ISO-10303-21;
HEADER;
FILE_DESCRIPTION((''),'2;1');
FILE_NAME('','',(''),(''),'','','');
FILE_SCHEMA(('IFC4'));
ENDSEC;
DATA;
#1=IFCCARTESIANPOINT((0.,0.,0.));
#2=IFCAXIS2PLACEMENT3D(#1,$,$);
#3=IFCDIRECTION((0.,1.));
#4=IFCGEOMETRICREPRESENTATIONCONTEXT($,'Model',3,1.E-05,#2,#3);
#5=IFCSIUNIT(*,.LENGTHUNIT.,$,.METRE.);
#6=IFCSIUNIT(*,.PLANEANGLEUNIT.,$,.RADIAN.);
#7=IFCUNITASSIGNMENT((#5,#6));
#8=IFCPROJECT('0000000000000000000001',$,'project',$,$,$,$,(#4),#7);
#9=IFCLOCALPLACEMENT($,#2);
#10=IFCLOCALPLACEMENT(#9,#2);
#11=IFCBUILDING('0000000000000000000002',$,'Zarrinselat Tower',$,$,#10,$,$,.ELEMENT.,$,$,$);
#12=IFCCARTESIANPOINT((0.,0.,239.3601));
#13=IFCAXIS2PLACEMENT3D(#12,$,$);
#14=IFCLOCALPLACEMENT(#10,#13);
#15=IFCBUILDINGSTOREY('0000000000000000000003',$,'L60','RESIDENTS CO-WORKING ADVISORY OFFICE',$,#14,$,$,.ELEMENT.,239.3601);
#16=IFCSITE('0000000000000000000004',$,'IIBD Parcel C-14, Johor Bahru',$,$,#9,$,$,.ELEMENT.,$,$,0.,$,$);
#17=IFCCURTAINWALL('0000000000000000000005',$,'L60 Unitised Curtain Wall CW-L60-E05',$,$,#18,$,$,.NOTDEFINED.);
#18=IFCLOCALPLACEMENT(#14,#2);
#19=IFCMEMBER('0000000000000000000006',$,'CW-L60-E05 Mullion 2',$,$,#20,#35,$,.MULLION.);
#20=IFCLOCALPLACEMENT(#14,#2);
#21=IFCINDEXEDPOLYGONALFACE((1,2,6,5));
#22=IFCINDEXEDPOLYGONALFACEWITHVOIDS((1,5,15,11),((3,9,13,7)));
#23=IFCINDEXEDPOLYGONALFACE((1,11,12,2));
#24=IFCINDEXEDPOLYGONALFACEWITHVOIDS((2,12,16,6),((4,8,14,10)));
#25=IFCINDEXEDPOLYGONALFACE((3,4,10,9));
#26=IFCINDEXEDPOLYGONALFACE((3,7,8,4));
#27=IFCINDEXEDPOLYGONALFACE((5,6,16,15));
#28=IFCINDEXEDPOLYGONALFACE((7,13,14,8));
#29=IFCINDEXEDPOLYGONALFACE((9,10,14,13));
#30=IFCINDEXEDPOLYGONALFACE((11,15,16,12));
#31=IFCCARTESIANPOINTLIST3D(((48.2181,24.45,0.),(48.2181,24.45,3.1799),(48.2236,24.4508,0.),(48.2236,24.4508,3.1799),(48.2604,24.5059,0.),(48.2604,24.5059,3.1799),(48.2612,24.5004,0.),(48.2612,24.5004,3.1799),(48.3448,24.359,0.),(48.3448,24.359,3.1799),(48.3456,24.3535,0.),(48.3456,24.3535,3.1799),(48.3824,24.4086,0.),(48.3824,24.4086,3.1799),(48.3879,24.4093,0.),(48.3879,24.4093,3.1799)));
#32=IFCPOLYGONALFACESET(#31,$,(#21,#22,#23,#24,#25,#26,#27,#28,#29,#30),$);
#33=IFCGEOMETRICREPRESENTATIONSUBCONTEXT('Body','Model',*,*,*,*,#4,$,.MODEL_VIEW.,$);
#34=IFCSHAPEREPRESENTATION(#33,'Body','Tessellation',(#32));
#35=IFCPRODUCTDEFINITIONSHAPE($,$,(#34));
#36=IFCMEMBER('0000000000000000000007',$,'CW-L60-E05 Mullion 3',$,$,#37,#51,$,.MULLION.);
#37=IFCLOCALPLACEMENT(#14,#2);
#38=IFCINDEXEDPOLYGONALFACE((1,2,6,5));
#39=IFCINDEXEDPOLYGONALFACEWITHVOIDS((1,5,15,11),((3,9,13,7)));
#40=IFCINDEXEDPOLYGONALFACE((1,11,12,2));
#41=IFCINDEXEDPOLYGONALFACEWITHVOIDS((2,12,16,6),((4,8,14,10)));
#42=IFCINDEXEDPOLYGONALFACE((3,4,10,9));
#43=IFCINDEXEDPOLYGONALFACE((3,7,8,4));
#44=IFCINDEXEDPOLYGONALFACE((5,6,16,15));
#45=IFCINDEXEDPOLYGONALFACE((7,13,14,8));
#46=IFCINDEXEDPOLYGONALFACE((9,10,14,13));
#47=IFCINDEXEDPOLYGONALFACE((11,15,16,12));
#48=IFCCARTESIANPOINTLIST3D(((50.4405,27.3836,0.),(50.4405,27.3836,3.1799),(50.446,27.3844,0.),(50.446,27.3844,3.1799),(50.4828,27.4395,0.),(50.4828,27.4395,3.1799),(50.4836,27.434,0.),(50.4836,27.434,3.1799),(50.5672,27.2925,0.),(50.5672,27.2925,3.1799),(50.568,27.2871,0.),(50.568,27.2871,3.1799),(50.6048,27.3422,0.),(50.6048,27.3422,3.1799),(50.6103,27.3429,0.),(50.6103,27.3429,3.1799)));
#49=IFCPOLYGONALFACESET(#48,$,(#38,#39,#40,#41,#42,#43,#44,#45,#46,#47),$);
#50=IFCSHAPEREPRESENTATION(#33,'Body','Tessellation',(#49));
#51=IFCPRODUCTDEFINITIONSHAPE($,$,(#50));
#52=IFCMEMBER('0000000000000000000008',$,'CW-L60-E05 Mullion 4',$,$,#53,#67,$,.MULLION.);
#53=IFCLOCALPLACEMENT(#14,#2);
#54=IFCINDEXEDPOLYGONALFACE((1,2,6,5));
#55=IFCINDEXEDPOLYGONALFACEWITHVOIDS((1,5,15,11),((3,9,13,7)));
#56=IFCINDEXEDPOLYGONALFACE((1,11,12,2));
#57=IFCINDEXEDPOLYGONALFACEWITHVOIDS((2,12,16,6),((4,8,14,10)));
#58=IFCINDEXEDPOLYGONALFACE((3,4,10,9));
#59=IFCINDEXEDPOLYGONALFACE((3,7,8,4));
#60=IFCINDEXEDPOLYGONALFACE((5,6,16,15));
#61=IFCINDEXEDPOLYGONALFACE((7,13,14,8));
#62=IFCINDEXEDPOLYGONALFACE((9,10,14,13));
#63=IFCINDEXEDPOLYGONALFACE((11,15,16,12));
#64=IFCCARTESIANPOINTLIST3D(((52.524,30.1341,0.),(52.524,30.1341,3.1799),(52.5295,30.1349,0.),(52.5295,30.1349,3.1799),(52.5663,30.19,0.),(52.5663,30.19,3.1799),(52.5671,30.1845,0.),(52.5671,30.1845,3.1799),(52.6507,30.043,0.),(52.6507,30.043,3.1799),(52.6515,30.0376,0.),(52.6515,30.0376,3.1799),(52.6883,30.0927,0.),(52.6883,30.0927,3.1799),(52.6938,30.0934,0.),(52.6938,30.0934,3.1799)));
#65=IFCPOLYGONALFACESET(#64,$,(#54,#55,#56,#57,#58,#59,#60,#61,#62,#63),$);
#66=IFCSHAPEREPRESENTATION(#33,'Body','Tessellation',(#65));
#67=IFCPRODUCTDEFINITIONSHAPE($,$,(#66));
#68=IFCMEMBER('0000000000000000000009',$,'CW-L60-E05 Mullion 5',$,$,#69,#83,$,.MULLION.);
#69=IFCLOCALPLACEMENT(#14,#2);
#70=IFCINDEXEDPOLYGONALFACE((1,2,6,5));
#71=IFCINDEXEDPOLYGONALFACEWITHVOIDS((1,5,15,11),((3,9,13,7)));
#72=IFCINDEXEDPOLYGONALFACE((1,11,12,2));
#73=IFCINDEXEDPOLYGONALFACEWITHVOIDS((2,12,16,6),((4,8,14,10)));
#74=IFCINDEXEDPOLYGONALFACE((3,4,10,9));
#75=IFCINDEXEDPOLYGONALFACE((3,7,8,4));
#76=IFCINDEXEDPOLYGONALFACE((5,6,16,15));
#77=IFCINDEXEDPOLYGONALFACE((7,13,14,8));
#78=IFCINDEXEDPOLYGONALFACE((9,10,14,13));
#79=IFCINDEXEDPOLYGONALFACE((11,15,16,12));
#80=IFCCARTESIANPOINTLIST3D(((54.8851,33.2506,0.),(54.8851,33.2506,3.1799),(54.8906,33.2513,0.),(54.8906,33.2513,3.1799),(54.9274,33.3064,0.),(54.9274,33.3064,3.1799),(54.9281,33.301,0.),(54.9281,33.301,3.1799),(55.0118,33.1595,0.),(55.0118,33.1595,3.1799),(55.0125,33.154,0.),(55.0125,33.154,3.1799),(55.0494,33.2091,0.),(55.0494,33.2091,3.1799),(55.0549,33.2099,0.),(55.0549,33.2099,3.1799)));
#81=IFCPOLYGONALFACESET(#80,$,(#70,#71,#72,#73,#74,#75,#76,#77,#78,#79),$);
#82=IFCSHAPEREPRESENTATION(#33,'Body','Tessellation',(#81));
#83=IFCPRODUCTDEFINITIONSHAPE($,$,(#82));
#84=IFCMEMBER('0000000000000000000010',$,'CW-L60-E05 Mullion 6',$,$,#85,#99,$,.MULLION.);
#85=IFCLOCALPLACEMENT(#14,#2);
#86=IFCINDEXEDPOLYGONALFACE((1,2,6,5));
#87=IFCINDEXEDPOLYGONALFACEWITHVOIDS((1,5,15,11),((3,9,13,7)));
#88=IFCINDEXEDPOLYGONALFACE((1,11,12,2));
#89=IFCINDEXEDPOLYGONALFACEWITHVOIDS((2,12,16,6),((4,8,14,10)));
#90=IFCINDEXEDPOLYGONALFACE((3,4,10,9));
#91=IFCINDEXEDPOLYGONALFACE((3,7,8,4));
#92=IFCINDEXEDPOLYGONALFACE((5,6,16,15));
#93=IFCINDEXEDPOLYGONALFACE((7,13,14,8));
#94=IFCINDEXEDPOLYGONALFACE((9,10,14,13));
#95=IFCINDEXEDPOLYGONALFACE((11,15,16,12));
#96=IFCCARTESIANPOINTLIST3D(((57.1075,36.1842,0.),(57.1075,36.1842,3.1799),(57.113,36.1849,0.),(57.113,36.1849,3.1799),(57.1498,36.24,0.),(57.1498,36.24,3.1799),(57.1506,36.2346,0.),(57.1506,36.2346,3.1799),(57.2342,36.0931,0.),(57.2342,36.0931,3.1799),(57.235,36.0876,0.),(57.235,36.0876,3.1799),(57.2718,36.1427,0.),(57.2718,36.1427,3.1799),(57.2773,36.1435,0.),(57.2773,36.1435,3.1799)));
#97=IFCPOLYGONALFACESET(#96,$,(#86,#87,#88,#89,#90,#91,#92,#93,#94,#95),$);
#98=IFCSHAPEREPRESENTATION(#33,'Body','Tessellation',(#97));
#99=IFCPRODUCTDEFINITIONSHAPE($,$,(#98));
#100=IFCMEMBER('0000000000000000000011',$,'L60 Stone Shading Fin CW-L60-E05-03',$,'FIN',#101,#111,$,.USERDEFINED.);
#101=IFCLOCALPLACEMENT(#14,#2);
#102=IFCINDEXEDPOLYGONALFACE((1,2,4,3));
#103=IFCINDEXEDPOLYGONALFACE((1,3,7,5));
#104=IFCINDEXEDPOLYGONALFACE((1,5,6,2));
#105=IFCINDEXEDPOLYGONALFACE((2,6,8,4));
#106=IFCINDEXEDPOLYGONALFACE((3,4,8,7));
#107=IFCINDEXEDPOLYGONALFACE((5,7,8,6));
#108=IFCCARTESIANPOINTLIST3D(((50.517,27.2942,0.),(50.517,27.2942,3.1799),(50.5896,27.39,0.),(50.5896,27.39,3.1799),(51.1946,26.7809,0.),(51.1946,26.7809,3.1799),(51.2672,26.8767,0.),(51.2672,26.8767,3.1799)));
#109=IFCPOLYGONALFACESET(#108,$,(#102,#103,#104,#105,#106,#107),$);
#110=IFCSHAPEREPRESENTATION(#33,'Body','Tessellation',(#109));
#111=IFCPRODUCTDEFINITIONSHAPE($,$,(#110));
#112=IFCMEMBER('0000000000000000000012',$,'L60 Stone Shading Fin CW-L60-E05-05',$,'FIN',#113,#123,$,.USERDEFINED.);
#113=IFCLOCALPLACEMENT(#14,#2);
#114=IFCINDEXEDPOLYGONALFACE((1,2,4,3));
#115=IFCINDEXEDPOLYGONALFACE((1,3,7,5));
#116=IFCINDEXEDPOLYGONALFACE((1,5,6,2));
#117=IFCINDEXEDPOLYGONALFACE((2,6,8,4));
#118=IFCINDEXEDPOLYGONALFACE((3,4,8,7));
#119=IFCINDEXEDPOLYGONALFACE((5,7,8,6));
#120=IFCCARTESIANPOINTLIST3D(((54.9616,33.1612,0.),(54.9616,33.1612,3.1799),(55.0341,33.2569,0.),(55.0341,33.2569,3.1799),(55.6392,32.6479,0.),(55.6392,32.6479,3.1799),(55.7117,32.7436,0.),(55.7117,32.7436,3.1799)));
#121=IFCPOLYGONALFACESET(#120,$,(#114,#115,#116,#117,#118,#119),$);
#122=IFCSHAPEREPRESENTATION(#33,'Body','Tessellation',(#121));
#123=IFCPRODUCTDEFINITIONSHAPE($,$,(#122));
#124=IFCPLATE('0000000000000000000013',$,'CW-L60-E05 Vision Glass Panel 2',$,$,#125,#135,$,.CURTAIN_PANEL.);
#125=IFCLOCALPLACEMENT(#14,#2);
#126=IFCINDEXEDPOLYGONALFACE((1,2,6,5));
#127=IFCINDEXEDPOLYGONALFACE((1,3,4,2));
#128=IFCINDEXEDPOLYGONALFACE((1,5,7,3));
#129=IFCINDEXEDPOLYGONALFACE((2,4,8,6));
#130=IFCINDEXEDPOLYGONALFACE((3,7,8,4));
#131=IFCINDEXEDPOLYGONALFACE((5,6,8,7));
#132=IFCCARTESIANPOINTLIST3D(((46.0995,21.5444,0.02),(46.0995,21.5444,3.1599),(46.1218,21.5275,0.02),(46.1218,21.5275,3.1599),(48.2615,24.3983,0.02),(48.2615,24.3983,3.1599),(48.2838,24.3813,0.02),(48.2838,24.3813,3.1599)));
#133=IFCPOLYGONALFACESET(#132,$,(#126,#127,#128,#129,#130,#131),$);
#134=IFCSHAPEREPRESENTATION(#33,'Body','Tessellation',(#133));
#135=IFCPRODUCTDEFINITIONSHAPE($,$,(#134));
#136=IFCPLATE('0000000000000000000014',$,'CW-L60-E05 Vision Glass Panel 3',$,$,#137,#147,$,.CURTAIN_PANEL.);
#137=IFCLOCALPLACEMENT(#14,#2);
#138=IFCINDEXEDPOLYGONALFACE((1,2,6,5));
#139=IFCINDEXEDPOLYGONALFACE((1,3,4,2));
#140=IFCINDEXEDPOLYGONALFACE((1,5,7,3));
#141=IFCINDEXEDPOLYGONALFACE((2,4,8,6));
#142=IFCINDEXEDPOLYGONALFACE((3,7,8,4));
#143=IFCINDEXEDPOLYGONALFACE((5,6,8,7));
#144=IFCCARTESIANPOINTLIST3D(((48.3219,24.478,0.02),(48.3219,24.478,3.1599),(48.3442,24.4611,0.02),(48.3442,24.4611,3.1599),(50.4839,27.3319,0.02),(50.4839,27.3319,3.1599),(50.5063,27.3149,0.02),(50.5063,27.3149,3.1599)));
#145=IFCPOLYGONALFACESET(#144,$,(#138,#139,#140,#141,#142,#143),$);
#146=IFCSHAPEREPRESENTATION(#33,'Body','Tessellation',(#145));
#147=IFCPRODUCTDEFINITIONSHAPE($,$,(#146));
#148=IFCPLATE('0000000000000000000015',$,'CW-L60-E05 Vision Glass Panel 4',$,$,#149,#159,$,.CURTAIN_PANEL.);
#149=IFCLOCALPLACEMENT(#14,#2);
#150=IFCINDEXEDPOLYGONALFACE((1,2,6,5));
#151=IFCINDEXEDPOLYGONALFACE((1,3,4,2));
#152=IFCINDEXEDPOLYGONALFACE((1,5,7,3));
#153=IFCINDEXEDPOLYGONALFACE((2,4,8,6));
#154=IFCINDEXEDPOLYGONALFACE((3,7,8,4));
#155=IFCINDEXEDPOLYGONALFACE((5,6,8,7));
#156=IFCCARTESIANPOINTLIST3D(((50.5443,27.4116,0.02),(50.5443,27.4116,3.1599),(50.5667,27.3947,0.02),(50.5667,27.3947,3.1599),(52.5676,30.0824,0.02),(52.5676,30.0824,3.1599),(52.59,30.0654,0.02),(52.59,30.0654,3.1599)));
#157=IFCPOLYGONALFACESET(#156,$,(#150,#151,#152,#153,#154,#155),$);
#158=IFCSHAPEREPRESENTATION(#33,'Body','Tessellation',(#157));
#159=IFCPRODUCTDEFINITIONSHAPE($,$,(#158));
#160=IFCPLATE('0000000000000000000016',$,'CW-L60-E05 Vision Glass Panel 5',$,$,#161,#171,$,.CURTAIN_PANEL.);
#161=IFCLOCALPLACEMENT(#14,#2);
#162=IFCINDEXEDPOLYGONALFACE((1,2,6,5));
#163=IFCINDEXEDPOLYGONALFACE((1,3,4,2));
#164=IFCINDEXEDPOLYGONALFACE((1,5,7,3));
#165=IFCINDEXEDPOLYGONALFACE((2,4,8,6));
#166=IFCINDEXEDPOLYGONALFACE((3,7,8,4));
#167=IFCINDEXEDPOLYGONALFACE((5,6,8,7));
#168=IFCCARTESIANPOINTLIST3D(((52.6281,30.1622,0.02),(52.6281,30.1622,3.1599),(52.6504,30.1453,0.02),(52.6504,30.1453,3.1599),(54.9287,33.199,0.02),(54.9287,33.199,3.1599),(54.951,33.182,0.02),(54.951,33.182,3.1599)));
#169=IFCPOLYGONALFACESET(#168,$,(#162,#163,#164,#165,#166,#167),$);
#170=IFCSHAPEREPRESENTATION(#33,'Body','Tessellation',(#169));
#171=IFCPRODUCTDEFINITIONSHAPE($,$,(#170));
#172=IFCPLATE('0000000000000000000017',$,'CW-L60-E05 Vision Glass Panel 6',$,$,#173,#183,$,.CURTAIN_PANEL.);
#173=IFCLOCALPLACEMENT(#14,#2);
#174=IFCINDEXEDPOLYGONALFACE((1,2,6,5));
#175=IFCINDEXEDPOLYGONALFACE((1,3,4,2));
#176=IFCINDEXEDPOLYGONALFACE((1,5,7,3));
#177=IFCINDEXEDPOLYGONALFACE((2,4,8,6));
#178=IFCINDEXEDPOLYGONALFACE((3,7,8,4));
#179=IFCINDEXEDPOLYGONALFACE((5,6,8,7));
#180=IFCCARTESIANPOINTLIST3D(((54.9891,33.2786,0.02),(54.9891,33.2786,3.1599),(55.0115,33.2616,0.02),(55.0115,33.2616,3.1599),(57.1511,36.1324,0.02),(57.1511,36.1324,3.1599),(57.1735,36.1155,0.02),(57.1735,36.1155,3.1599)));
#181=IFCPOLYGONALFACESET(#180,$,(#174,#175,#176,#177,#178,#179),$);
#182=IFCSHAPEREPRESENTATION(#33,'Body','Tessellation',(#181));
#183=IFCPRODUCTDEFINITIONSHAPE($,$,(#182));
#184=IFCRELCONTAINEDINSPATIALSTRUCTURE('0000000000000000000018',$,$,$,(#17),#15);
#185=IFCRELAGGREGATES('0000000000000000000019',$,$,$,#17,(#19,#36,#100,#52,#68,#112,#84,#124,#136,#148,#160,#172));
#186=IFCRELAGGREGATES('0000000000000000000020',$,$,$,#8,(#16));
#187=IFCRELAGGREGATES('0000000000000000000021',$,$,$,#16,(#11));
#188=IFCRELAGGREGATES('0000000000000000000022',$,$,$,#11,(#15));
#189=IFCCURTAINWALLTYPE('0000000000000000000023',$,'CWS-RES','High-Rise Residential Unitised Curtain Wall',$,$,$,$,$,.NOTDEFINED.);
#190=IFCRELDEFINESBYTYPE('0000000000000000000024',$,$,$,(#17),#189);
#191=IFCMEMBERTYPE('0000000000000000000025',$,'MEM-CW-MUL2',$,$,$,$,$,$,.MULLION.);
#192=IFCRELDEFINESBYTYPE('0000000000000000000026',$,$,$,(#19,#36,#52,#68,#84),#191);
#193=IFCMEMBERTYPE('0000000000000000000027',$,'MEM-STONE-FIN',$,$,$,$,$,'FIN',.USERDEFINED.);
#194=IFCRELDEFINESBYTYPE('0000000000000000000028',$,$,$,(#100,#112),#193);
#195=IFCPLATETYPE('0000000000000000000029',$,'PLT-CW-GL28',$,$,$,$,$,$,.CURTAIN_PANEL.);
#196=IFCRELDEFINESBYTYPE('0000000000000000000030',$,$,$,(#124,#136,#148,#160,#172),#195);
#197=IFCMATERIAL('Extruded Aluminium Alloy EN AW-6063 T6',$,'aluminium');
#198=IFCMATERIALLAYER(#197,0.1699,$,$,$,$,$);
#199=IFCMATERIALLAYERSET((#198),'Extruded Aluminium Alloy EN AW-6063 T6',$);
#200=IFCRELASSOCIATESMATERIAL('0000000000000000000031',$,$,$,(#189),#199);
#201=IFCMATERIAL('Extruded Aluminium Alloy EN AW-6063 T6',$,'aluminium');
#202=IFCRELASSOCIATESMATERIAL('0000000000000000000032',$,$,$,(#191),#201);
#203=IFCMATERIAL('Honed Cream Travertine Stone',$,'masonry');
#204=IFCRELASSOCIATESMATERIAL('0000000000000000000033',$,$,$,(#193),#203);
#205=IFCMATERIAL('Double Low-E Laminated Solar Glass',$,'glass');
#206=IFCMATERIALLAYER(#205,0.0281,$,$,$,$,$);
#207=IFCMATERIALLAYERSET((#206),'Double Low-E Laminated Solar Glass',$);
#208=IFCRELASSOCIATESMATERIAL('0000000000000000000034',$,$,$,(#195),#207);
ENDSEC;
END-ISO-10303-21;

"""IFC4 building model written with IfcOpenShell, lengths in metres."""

from ifc_helpers import new_model, si_unit, direction, frame, origin, origin_2d, place, context, subcontext, project, spatial, rectangle, hollow_rectangle, extrude, material, layer, layer_set, material_profile, profile_set, type_object, element, aggregate, save


model = new_model("IFC4")

# Units and contexts
model_context = context("Model", 3, precision=1e-05, world=origin(), true_north=direction((0.0, 1.0)))
body_context = subcontext(model_context, "Body", "Model", "MODEL_VIEW")
ifc_project = project(units=[si_unit("LENGTHUNIT", "METRE"), si_unit("PLANEANGLEUNIT", "RADIAN")], contexts=[model_context])

# Site, building, storey
site_placement = place(None, origin())
site = spatial("IfcSite", under=ifc_project, at=site_placement, Name="IIBD Parcel C-14, Johor Bahru", CompositionType="ELEMENT", RefElevation=0.0)
building_placement = place(site_placement, origin())
building = spatial("IfcBuilding", under=site, at=building_placement, Name="Zarrinselat Tower", CompositionType="ELEMENT")
storey_placement = place(building_placement, frame((0.0, 0.0, 239.3601)))
storey = spatial("IfcBuildingStorey", under=building, at=storey_placement, Name="L60", Description="RESIDENTS CO-WORKING ADVISORY OFFICE", CompositionType="ELEMENT", Elevation=239.3601)

# Curtain wall, members, plates
ifc_material_1 = material(Name="Extruded Aluminium Alloy EN AW-6063 T6", Category="aluminium")
ifc_layer_1 = layer(ifc_material_1, 0.1699)
ifc_layer_set_1 = layer_set([ifc_layer_1], Name="Extruded Aluminium Alloy EN AW-6063 T6")
curtain_wall_type = type_object("IfcCurtainWallType", Name="CWS-RES", Description="High-Rise Residential Unitised Curtain Wall", PredefinedType="NOTDEFINED", material=ifc_layer_set_1)
curtain_wall_placement = place(storey_placement, origin())
curtain_wall = element("IfcCurtainWall", 1, at=curtain_wall_placement, inside=storey, type_object=curtain_wall_type, Name="L60 Unitised Curtain Wall CW-L60-E05", PredefinedType="NOTDEFINED")
ifc_material_2 = material(Name="Extruded Aluminium Alloy EN AW-6063 T6", Category="aluminium")
ifc_material_profile_1 = material_profile(ifc_material_2, hollow_rectangle(XDim=0.0701, YDim=0.1599, WallThickness=0.0039, at=origin_2d()), Name="RHS 160x70x4")
ifc_profile_set_1 = profile_set([ifc_material_profile_1], Name="Extruded Aluminium Alloy EN AW-6063 T6")
member_type_1 = type_object("IfcMemberType", Name="MEM-CW-MUL2", PredefinedType="MULLION", material=ifc_profile_set_1)
member_1_placement = place(storey_placement, frame((48.303, 24.4297, 0.0), z_axis=(0.0, 0.0, 1.0), x_axis=(0.603858, 0.797092, 0.0)))
member_1 = element("IfcMember", 2, at=member_1_placement, type_object=member_type_1, Name="CW-L60-E05 Mullion 2", PredefinedType="MULLION", context=body_context, shape_type="SweptSolid", body=[
    extrude(hollow_rectangle(XDim=0.0701, YDim=0.1599, WallThickness=0.0039, at=origin_2d()), origin(), (0.0, 0.0, 1.0), 3.1799),
])
member_2_placement = place(storey_placement, frame((50.5254, 27.3633, 0.0), z_axis=(0.0, 0.0, 1.0), x_axis=(0.603858, 0.797092, 0.0)))
member_2 = element("IfcMember", 3, at=member_2_placement, type_object=member_type_1, Name="CW-L60-E05 Mullion 3", PredefinedType="MULLION", context=body_context, shape_type="SweptSolid", body=[
    extrude(hollow_rectangle(XDim=0.0701, YDim=0.1599, WallThickness=0.0039, at=origin_2d()), origin(), (0.0, 0.0, 1.0), 3.1799),
])
member_3_placement = place(storey_placement, frame((52.6089, 30.1138, 0.0), z_axis=(0.0, 0.0, 1.0), x_axis=(0.603858, 0.797092, 0.0)))
member_3 = element("IfcMember", 4, at=member_3_placement, type_object=member_type_1, Name="CW-L60-E05 Mullion 4", PredefinedType="MULLION", context=body_context, shape_type="SweptSolid", body=[
    extrude(hollow_rectangle(XDim=0.0701, YDim=0.1599, WallThickness=0.0039, at=origin_2d()), origin(), (0.0, 0.0, 1.0), 3.1799),
])
member_4_placement = place(storey_placement, frame((54.97, 33.2302, 0.0), z_axis=(0.0, 0.0, 1.0), x_axis=(0.603858, 0.797092, 0.0)))
member_4 = element("IfcMember", 5, at=member_4_placement, type_object=member_type_1, Name="CW-L60-E05 Mullion 5", PredefinedType="MULLION", context=body_context, shape_type="SweptSolid", body=[
    extrude(hollow_rectangle(XDim=0.0701, YDim=0.1599, WallThickness=0.0039, at=origin_2d()), origin(), (0.0, 0.0, 1.0), 3.1799),
])
member_5_placement = place(storey_placement, frame((57.1924, 36.1638, 0.0), z_axis=(0.0, 0.0, 1.0), x_axis=(0.603858, 0.797092, 0.0)))
member_5 = element("IfcMember", 6, at=member_5_placement, type_object=member_type_1, Name="CW-L60-E05 Mullion 6", PredefinedType="MULLION", context=body_context, shape_type="SweptSolid", body=[
    extrude(hollow_rectangle(XDim=0.0701, YDim=0.1599, WallThickness=0.0039, at=origin_2d()), origin(), (0.0, 0.0, 1.0), 3.1799),
])
ifc_material_3 = material(Name="Honed Cream Travertine Stone", Category="masonry")
ifc_material_profile_2 = material_profile(ifc_material_3, rectangle(XDim=0.1201, YDim=0.8501, at=origin_2d()), Name="FIN 850x120")
ifc_profile_set_2 = profile_set([ifc_material_profile_2], Name="Honed Cream Travertine Stone")
member_type_2 = type_object("IfcMemberType", Name="MEM-STONE-FIN", ElementType="FIN", PredefinedType="USERDEFINED", material=ifc_profile_set_2)
member_6_placement = place(storey_placement, frame((50.8921, 27.0854, 0.0), z_axis=(0.0, 0.0, 1.0), x_axis=(-0.603858, -0.797092, 0.0)))
member_6 = element("IfcMember", 7, at=member_6_placement, type_object=member_type_2, Name="L60 Stone Shading Fin CW-L60-E05-03", ObjectType="FIN", PredefinedType="USERDEFINED", context=body_context, shape_type="SweptSolid", body=[
    extrude(rectangle(XDim=0.1201, YDim=0.8501, at=origin_2d()), origin(), (0.0, 0.0, 1.0), 3.1799),
])
member_7_placement = place(storey_placement, frame((55.3367, 32.9524, 0.0), z_axis=(0.0, 0.0, 1.0), x_axis=(-0.603858, -0.797092, 0.0)))
member_7 = element("IfcMember", 8, at=member_7_placement, type_object=member_type_2, Name="L60 Stone Shading Fin CW-L60-E05-05", ObjectType="FIN", PredefinedType="USERDEFINED", context=body_context, shape_type="SweptSolid", body=[
    extrude(rectangle(XDim=0.1201, YDim=0.8501, at=origin_2d()), origin(), (0.0, 0.0, 1.0), 3.1799),
])
ifc_material_4 = material(Name="Double Low-E Laminated Solar Glass", Category="glass")
ifc_layer_2 = layer(ifc_material_4, 0.0281)
ifc_layer_set_2 = layer_set([ifc_layer_2], Name="Double Low-E Laminated Solar Glass")
plate_type = type_object("IfcPlateType", Name="PLT-CW-GL28", PredefinedType="CURTAIN_PANEL", material=ifc_layer_set_2)
plate_1_placement = place(storey_placement, frame((47.1917, 22.9629, 0.02), z_axis=(0.0, 0.0, 1.0), x_axis=(0.603858, 0.797092, 0.0)))
plate_1 = element("IfcPlate", 9, at=plate_1_placement, type_object=plate_type, Name="CW-L60-E05 Vision Glass Panel 2", PredefinedType="CURTAIN_PANEL", context=body_context, shape_type="SweptSolid", body=[
    extrude(rectangle(XDim=3.5803, YDim=0.0281, at=origin_2d()), origin(), (0.0, 0.0, 1.0), 3.1399),
])
plate_2_placement = place(storey_placement, frame((49.4141, 25.8965, 0.02), z_axis=(0.0, 0.0, 1.0), x_axis=(0.603858, 0.797092, 0.0)))
plate_2 = element("IfcPlate", 10, at=plate_2_placement, type_object=plate_type, Name="CW-L60-E05 Vision Glass Panel 3", PredefinedType="CURTAIN_PANEL", context=body_context, shape_type="SweptSolid", body=[
    extrude(rectangle(XDim=3.5803, YDim=0.0281, at=origin_2d()), origin(), (0.0, 0.0, 1.0), 3.1399),
])
plate_3_placement = place(storey_placement, frame((51.5671, 28.7385, 0.02), z_axis=(0.0, 0.0, 1.0), x_axis=(0.603858, 0.797092, 0.0)))
plate_3 = element("IfcPlate", 11, at=plate_3_placement, type_object=plate_type, Name="CW-L60-E05 Vision Glass Panel 4", PredefinedType="CURTAIN_PANEL", context=body_context, shape_type="SweptSolid", body=[
    extrude(rectangle(XDim=3.3506, YDim=0.0281, at=origin_2d()), origin(), (0.0, 0.0, 1.0), 3.1399),
])
plate_4_placement = place(storey_placement, frame((53.7896, 31.6721, 0.02), z_axis=(0.0, 0.0, 1.0), x_axis=(0.603858, 0.797092, 0.0)))
plate_4 = element("IfcPlate", 12, at=plate_4_placement, type_object=plate_type, Name="CW-L60-E05 Vision Glass Panel 5", PredefinedType="CURTAIN_PANEL", context=body_context, shape_type="SweptSolid", body=[
    extrude(rectangle(XDim=3.8098, YDim=0.0281, at=origin_2d()), origin(), (0.0, 0.0, 1.0), 3.1399),
])
plate_5_placement = place(storey_placement, frame((56.0813, 34.697, 0.02), z_axis=(0.0, 0.0, 1.0), x_axis=(0.603858, 0.797092, 0.0)))
plate_5 = element("IfcPlate", 13, at=plate_5_placement, type_object=plate_type, Name="CW-L60-E05 Vision Glass Panel 6", PredefinedType="CURTAIN_PANEL", context=body_context, shape_type="SweptSolid", body=[
    extrude(rectangle(XDim=3.5803, YDim=0.0281, at=origin_2d()), origin(), (0.0, 0.0, 1.0), 3.1399),
])
aggregate(curtain_wall, [member_1, member_2, member_6, member_3, member_4, member_7, member_5, plate_1, plate_2, plate_3, plate_4, plate_5])

save(model, "model.ifc")
